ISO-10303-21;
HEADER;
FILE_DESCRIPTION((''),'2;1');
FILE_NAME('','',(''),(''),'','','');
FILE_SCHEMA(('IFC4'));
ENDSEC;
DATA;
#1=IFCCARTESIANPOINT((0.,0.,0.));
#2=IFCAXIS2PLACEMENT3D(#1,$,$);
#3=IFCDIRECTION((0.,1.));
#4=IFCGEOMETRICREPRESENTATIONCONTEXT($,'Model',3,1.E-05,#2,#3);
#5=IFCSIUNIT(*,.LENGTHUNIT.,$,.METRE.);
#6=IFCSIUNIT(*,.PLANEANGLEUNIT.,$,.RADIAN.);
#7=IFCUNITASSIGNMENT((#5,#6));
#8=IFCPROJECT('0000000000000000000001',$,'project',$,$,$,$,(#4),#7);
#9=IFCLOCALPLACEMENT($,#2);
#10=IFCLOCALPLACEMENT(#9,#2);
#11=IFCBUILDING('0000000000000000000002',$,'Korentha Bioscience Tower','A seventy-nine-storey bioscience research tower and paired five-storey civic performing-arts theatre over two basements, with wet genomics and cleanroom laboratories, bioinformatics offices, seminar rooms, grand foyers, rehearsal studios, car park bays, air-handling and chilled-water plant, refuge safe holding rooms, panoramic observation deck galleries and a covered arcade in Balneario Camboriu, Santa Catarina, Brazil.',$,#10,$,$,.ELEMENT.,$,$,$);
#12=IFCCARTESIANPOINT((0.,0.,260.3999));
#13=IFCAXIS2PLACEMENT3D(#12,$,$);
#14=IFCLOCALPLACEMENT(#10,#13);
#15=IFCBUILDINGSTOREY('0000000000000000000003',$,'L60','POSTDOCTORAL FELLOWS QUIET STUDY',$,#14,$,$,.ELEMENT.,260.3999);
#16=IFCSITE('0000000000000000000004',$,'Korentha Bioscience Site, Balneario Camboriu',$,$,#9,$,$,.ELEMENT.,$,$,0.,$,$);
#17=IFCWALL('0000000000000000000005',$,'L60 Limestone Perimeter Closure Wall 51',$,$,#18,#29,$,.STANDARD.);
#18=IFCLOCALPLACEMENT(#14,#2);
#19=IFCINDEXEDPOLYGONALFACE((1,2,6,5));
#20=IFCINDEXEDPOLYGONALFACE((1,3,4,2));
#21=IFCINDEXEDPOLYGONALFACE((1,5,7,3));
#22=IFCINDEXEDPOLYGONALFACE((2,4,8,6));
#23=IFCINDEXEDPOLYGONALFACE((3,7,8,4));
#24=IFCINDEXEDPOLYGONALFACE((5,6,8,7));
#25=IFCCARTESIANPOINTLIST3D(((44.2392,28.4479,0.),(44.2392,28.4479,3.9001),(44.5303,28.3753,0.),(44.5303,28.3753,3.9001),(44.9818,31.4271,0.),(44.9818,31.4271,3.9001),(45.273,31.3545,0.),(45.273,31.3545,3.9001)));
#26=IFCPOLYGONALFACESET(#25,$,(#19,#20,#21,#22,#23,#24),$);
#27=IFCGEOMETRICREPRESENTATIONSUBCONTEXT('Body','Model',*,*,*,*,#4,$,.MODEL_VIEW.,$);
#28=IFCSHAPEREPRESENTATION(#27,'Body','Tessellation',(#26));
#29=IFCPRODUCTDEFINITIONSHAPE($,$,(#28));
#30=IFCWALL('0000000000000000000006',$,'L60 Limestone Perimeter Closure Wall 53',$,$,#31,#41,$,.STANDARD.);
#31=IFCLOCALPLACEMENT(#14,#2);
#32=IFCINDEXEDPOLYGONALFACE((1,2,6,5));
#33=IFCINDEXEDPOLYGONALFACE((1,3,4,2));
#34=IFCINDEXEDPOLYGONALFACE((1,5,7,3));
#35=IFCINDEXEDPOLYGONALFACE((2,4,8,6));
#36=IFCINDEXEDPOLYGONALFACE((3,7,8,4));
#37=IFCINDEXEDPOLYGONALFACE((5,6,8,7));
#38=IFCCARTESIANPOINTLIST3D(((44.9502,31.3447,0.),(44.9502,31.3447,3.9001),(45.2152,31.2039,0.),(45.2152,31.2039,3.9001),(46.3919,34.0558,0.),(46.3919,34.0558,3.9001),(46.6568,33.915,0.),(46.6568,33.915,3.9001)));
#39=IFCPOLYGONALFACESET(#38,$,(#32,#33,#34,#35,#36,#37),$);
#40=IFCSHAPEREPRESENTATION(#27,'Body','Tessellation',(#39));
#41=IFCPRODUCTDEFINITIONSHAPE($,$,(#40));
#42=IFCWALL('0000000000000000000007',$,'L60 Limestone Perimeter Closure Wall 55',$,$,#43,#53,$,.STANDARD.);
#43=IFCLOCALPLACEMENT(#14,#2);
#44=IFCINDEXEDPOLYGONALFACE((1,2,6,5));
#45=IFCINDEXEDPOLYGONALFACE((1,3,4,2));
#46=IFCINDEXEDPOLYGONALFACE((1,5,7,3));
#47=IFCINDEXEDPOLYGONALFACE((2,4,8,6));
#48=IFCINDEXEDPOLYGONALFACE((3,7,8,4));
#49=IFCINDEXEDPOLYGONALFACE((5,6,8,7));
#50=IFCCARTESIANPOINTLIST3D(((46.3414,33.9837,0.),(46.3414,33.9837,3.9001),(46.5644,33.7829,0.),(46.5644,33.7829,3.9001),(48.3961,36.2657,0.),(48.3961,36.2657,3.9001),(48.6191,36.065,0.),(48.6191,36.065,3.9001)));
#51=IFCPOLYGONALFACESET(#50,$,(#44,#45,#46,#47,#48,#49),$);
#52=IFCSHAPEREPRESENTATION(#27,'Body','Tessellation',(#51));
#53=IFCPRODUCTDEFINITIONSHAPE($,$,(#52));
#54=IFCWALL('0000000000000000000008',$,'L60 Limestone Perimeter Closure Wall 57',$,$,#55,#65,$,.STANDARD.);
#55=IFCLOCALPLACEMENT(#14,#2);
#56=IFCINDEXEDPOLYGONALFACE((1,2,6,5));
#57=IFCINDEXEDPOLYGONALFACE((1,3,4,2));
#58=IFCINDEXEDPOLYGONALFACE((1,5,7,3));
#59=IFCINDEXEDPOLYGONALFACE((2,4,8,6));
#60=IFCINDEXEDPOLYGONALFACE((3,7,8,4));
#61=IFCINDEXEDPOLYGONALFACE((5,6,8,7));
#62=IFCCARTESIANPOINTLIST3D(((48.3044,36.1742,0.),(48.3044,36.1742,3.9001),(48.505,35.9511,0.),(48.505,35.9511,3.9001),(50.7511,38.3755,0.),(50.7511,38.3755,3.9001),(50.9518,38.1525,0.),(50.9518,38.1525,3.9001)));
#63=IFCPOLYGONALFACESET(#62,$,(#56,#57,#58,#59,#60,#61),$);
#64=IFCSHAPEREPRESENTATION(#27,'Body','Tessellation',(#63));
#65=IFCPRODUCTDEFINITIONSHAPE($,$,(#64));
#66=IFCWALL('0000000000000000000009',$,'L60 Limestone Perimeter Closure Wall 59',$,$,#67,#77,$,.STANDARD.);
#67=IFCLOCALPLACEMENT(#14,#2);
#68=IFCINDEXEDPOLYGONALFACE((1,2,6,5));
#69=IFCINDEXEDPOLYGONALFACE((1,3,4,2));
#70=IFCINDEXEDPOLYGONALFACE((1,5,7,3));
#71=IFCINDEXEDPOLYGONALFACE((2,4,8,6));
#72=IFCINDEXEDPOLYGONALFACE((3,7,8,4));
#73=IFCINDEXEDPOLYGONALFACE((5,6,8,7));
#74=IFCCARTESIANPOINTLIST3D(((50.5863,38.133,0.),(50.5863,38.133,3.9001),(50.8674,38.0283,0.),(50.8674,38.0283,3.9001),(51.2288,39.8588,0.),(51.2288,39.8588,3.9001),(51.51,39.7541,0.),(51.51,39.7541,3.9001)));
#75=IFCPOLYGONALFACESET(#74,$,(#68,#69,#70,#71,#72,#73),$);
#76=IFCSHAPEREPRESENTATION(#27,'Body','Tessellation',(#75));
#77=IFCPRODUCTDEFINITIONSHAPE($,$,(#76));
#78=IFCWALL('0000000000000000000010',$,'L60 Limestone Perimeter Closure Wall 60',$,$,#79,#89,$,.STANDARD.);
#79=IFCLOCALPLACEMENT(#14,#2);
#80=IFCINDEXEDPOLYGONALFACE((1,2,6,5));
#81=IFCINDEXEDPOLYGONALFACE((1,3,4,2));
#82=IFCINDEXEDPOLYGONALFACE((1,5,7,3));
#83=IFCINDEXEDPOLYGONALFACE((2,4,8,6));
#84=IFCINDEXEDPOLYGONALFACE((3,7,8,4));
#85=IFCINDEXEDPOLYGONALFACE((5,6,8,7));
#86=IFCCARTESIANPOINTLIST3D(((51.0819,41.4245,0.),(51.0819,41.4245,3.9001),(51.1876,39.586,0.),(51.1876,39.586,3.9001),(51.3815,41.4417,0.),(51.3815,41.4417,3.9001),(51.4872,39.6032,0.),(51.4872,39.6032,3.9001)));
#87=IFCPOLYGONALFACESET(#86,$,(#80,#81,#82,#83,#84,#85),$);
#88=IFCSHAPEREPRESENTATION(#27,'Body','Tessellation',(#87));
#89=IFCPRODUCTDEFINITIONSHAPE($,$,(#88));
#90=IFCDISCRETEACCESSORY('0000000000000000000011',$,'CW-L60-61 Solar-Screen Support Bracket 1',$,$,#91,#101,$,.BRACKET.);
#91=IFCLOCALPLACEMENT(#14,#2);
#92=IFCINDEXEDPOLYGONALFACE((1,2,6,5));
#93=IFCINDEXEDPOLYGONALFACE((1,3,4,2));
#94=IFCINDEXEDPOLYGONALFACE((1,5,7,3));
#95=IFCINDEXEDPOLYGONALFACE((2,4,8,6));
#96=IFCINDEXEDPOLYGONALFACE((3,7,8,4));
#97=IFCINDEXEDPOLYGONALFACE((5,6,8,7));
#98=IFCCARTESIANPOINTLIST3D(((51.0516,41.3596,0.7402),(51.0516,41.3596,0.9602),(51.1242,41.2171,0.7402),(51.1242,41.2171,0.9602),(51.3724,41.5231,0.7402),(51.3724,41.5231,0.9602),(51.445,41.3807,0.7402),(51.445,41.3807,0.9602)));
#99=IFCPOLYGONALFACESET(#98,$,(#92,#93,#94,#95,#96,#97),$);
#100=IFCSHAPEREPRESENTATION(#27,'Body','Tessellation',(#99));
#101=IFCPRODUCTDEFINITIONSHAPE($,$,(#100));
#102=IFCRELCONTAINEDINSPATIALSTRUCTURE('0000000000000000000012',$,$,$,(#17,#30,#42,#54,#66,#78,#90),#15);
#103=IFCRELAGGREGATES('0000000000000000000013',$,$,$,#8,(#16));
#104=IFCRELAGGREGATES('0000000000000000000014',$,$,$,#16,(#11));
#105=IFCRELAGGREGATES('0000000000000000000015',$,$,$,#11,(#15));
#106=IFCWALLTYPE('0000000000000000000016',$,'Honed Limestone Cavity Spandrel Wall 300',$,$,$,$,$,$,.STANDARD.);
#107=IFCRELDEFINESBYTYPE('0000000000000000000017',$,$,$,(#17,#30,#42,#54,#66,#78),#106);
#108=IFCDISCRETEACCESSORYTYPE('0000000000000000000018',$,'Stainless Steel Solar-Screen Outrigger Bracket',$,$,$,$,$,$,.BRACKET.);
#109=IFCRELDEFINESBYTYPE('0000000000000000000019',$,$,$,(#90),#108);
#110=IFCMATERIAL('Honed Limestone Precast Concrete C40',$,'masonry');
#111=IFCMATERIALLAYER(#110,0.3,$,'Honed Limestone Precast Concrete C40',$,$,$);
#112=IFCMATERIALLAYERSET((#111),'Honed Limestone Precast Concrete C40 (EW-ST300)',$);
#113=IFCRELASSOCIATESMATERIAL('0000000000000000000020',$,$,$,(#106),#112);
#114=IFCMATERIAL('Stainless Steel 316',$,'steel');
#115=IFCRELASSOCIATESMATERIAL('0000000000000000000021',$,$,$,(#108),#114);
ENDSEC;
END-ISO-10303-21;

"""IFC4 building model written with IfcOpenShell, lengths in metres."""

from ifc_helpers import new_model, si_unit, direction, frame, frame_2d, origin, origin_2d, place, context, subcontext, project, spatial, rectangle, extrude, material, layer, layer_set, type_object, element, save


model = new_model("IFC4")

# Units and contexts
model_context = context("Model", 3, precision=1e-05, world=origin(), true_north=direction((0.0, 1.0)))
body_context = subcontext(model_context, "Body", "Model", "MODEL_VIEW")
ifc_project = project(units=[si_unit("LENGTHUNIT", "METRE"), si_unit("PLANEANGLEUNIT", "RADIAN")], contexts=[model_context])

# Site, building, storey
site_placement = place(None, origin())
site = spatial("IfcSite", under=ifc_project, at=site_placement, Name="Korentha Bioscience Site, Balneario Camboriu", CompositionType="ELEMENT", RefElevation=0.0)
building_placement = place(site_placement, origin())
building = spatial("IfcBuilding", under=site, at=building_placement, Name="Korentha Bioscience Tower", Description="A seventy-nine-storey bioscience research tower and paired five-storey civic performing-arts theatre over two basements, with wet genomics and cleanroom laboratories, bioinformatics offices, seminar rooms, grand foyers, rehearsal studios, car park bays, air-handling and chilled-water plant, refuge safe holding rooms, panoramic observation deck galleries and a covered arcade in Balneario Camboriu, Santa Catarina, Brazil.", CompositionType="ELEMENT")
storey_placement = place(building_placement, frame((0.0, 0.0, 260.3999)))
storey = spatial("IfcBuildingStorey", under=building, at=storey_placement, Name="L60", Description="POSTDOCTORAL FELLOWS QUIET STUDY", CompositionType="ELEMENT", Elevation=260.3999)

# Walls
ifc_material_1 = material(Name="Honed Limestone Precast Concrete C40", Category="masonry")
ifc_layer_1 = layer(ifc_material_1, 0.3, Name="Honed Limestone Precast Concrete C40")
ifc_layer_set_1 = layer_set([ifc_layer_1], Name="Honed Limestone Precast Concrete C40 (EW-ST300)")
wall_type_1 = type_object("IfcWallType", Name="Honed Limestone Cavity Spandrel Wall 300", PredefinedType="STANDARD", material=ifc_layer_set_1)
wall_1_placement = place(storey_placement, frame((44.3848, 28.4116, 0.0), z_axis=(0.0, 0.0, 1.0), x_axis=(0.241881, 0.970306, 0.0)))
element("IfcWall", 1, at=wall_1_placement, inside=storey, type_object=wall_type_1, Name="L60 Limestone Perimeter Closure Wall 51", PredefinedType="STANDARD", context=body_context, shape_type="SweptSolid", body=[
    extrude(rectangle(XDim=3.0703, YDim=0.3, at=frame_2d((1.5352, 0.0))), origin(), (0.0, 0.0, 1.0), 3.9001),
])
wall_2_placement = place(storey_placement, frame((45.0828, 31.2744, 0.0), z_axis=(0.0, 0.0, 1.0), x_axis=(0.469494, 0.882936, 0.0)))
element("IfcWall", 2, at=wall_2_placement, inside=storey, type_object=wall_type_1, Name="L60 Limestone Perimeter Closure Wall 53", PredefinedType="STANDARD", context=body_context, shape_type="SweptSolid", body=[
    extrude(rectangle(XDim=3.0706, YDim=0.3, at=frame_2d((1.5352, 0.0))), origin(), (0.0, 0.0, 1.0), 3.9001),
])
wall_3_placement = place(storey_placement, frame((46.4529, 33.8833, 0.0), z_axis=(0.0, 0.0, 1.0), x_axis=(0.669127, 0.743148, 0.0)))
element("IfcWall", 3, at=wall_3_placement, inside=storey, type_object=wall_type_1, Name="L60 Limestone Perimeter Closure Wall 55", PredefinedType="STANDARD", context=body_context, shape_type="SweptSolid", body=[
    extrude(rectangle(XDim=3.0708, YDim=0.3, at=frame_2d((1.5354, 0.0))), origin(), (0.0, 0.0, 1.0), 3.9001),
])
wall_4_placement = place(storey_placement, frame((48.4048, 36.0627, 0.0), z_axis=(0.0, 0.0, 1.0), x_axis=(0.743397, 0.66885, 0.0)))
element("IfcWall", 4, at=wall_4_placement, inside=storey, type_object=wall_type_1, Name="L60 Limestone Perimeter Closure Wall 57", PredefinedType="STANDARD", context=body_context, shape_type="SweptSolid", body=[
    extrude(rectangle(XDim=3.2913, YDim=0.3, at=frame_2d((1.6455, 0.0))), origin(), (0.0, 0.0, 1.0), 3.9001),
])
for number, where, z_axis, x_axis, name in (
    (5, (50.7268, 38.0806, 0.0), (0.0, 0.0, 1.0), (0.348929, 0.937149, 0.0), "L60 Limestone Perimeter Closure Wall 59"),
    (6, (51.3374, 39.5945, 0.0), (0.0, 0.0, 1.0), (-0.057401, 0.998351, 0.0), "L60 Limestone Perimeter Closure Wall 60"),
):
    element("IfcWall", number, at=place(storey_placement, frame(where, z_axis=z_axis, x_axis=x_axis)), inside=storey, type_object=wall_type_1, Name=name, PredefinedType="STANDARD", context=body_context, shape_type="SweptSolid", body=[
        extrude(rectangle(XDim=1.8416, YDim=0.3, at=frame_2d((0.9209, 0.0))), origin(), (0.0, 0.0, 1.0), 3.9001),
    ])

# Discrete accessory
ifc_material_2 = material(Name="Stainless Steel 316", Category="steel")
discrete_accessory_type = type_object("IfcDiscreteAccessoryType", Name="Stainless Steel Solar-Screen Outrigger Bracket", PredefinedType="BRACKET", material=ifc_material_2)
discrete_accessory_placement = place(storey_placement, frame((51.2483, 41.3701, 0.7402), z_axis=(0.0, 0.0, 1.0), x_axis=(-0.454239, 0.89088, 0.0)))
element("IfcDiscreteAccessory", 7, at=discrete_accessory_placement, inside=storey, type_object=discrete_accessory_type, Name="CW-L60-61 Solar-Screen Support Bracket 1", PredefinedType="BRACKET", context=body_context, shape_type="SweptSolid", body=[
    extrude(rectangle(XDim=0.1599, YDim=0.3601, at=origin_2d()), origin(), (0.0, 0.0, 1.0), 0.22),
])

save(model, "model.ifc")
